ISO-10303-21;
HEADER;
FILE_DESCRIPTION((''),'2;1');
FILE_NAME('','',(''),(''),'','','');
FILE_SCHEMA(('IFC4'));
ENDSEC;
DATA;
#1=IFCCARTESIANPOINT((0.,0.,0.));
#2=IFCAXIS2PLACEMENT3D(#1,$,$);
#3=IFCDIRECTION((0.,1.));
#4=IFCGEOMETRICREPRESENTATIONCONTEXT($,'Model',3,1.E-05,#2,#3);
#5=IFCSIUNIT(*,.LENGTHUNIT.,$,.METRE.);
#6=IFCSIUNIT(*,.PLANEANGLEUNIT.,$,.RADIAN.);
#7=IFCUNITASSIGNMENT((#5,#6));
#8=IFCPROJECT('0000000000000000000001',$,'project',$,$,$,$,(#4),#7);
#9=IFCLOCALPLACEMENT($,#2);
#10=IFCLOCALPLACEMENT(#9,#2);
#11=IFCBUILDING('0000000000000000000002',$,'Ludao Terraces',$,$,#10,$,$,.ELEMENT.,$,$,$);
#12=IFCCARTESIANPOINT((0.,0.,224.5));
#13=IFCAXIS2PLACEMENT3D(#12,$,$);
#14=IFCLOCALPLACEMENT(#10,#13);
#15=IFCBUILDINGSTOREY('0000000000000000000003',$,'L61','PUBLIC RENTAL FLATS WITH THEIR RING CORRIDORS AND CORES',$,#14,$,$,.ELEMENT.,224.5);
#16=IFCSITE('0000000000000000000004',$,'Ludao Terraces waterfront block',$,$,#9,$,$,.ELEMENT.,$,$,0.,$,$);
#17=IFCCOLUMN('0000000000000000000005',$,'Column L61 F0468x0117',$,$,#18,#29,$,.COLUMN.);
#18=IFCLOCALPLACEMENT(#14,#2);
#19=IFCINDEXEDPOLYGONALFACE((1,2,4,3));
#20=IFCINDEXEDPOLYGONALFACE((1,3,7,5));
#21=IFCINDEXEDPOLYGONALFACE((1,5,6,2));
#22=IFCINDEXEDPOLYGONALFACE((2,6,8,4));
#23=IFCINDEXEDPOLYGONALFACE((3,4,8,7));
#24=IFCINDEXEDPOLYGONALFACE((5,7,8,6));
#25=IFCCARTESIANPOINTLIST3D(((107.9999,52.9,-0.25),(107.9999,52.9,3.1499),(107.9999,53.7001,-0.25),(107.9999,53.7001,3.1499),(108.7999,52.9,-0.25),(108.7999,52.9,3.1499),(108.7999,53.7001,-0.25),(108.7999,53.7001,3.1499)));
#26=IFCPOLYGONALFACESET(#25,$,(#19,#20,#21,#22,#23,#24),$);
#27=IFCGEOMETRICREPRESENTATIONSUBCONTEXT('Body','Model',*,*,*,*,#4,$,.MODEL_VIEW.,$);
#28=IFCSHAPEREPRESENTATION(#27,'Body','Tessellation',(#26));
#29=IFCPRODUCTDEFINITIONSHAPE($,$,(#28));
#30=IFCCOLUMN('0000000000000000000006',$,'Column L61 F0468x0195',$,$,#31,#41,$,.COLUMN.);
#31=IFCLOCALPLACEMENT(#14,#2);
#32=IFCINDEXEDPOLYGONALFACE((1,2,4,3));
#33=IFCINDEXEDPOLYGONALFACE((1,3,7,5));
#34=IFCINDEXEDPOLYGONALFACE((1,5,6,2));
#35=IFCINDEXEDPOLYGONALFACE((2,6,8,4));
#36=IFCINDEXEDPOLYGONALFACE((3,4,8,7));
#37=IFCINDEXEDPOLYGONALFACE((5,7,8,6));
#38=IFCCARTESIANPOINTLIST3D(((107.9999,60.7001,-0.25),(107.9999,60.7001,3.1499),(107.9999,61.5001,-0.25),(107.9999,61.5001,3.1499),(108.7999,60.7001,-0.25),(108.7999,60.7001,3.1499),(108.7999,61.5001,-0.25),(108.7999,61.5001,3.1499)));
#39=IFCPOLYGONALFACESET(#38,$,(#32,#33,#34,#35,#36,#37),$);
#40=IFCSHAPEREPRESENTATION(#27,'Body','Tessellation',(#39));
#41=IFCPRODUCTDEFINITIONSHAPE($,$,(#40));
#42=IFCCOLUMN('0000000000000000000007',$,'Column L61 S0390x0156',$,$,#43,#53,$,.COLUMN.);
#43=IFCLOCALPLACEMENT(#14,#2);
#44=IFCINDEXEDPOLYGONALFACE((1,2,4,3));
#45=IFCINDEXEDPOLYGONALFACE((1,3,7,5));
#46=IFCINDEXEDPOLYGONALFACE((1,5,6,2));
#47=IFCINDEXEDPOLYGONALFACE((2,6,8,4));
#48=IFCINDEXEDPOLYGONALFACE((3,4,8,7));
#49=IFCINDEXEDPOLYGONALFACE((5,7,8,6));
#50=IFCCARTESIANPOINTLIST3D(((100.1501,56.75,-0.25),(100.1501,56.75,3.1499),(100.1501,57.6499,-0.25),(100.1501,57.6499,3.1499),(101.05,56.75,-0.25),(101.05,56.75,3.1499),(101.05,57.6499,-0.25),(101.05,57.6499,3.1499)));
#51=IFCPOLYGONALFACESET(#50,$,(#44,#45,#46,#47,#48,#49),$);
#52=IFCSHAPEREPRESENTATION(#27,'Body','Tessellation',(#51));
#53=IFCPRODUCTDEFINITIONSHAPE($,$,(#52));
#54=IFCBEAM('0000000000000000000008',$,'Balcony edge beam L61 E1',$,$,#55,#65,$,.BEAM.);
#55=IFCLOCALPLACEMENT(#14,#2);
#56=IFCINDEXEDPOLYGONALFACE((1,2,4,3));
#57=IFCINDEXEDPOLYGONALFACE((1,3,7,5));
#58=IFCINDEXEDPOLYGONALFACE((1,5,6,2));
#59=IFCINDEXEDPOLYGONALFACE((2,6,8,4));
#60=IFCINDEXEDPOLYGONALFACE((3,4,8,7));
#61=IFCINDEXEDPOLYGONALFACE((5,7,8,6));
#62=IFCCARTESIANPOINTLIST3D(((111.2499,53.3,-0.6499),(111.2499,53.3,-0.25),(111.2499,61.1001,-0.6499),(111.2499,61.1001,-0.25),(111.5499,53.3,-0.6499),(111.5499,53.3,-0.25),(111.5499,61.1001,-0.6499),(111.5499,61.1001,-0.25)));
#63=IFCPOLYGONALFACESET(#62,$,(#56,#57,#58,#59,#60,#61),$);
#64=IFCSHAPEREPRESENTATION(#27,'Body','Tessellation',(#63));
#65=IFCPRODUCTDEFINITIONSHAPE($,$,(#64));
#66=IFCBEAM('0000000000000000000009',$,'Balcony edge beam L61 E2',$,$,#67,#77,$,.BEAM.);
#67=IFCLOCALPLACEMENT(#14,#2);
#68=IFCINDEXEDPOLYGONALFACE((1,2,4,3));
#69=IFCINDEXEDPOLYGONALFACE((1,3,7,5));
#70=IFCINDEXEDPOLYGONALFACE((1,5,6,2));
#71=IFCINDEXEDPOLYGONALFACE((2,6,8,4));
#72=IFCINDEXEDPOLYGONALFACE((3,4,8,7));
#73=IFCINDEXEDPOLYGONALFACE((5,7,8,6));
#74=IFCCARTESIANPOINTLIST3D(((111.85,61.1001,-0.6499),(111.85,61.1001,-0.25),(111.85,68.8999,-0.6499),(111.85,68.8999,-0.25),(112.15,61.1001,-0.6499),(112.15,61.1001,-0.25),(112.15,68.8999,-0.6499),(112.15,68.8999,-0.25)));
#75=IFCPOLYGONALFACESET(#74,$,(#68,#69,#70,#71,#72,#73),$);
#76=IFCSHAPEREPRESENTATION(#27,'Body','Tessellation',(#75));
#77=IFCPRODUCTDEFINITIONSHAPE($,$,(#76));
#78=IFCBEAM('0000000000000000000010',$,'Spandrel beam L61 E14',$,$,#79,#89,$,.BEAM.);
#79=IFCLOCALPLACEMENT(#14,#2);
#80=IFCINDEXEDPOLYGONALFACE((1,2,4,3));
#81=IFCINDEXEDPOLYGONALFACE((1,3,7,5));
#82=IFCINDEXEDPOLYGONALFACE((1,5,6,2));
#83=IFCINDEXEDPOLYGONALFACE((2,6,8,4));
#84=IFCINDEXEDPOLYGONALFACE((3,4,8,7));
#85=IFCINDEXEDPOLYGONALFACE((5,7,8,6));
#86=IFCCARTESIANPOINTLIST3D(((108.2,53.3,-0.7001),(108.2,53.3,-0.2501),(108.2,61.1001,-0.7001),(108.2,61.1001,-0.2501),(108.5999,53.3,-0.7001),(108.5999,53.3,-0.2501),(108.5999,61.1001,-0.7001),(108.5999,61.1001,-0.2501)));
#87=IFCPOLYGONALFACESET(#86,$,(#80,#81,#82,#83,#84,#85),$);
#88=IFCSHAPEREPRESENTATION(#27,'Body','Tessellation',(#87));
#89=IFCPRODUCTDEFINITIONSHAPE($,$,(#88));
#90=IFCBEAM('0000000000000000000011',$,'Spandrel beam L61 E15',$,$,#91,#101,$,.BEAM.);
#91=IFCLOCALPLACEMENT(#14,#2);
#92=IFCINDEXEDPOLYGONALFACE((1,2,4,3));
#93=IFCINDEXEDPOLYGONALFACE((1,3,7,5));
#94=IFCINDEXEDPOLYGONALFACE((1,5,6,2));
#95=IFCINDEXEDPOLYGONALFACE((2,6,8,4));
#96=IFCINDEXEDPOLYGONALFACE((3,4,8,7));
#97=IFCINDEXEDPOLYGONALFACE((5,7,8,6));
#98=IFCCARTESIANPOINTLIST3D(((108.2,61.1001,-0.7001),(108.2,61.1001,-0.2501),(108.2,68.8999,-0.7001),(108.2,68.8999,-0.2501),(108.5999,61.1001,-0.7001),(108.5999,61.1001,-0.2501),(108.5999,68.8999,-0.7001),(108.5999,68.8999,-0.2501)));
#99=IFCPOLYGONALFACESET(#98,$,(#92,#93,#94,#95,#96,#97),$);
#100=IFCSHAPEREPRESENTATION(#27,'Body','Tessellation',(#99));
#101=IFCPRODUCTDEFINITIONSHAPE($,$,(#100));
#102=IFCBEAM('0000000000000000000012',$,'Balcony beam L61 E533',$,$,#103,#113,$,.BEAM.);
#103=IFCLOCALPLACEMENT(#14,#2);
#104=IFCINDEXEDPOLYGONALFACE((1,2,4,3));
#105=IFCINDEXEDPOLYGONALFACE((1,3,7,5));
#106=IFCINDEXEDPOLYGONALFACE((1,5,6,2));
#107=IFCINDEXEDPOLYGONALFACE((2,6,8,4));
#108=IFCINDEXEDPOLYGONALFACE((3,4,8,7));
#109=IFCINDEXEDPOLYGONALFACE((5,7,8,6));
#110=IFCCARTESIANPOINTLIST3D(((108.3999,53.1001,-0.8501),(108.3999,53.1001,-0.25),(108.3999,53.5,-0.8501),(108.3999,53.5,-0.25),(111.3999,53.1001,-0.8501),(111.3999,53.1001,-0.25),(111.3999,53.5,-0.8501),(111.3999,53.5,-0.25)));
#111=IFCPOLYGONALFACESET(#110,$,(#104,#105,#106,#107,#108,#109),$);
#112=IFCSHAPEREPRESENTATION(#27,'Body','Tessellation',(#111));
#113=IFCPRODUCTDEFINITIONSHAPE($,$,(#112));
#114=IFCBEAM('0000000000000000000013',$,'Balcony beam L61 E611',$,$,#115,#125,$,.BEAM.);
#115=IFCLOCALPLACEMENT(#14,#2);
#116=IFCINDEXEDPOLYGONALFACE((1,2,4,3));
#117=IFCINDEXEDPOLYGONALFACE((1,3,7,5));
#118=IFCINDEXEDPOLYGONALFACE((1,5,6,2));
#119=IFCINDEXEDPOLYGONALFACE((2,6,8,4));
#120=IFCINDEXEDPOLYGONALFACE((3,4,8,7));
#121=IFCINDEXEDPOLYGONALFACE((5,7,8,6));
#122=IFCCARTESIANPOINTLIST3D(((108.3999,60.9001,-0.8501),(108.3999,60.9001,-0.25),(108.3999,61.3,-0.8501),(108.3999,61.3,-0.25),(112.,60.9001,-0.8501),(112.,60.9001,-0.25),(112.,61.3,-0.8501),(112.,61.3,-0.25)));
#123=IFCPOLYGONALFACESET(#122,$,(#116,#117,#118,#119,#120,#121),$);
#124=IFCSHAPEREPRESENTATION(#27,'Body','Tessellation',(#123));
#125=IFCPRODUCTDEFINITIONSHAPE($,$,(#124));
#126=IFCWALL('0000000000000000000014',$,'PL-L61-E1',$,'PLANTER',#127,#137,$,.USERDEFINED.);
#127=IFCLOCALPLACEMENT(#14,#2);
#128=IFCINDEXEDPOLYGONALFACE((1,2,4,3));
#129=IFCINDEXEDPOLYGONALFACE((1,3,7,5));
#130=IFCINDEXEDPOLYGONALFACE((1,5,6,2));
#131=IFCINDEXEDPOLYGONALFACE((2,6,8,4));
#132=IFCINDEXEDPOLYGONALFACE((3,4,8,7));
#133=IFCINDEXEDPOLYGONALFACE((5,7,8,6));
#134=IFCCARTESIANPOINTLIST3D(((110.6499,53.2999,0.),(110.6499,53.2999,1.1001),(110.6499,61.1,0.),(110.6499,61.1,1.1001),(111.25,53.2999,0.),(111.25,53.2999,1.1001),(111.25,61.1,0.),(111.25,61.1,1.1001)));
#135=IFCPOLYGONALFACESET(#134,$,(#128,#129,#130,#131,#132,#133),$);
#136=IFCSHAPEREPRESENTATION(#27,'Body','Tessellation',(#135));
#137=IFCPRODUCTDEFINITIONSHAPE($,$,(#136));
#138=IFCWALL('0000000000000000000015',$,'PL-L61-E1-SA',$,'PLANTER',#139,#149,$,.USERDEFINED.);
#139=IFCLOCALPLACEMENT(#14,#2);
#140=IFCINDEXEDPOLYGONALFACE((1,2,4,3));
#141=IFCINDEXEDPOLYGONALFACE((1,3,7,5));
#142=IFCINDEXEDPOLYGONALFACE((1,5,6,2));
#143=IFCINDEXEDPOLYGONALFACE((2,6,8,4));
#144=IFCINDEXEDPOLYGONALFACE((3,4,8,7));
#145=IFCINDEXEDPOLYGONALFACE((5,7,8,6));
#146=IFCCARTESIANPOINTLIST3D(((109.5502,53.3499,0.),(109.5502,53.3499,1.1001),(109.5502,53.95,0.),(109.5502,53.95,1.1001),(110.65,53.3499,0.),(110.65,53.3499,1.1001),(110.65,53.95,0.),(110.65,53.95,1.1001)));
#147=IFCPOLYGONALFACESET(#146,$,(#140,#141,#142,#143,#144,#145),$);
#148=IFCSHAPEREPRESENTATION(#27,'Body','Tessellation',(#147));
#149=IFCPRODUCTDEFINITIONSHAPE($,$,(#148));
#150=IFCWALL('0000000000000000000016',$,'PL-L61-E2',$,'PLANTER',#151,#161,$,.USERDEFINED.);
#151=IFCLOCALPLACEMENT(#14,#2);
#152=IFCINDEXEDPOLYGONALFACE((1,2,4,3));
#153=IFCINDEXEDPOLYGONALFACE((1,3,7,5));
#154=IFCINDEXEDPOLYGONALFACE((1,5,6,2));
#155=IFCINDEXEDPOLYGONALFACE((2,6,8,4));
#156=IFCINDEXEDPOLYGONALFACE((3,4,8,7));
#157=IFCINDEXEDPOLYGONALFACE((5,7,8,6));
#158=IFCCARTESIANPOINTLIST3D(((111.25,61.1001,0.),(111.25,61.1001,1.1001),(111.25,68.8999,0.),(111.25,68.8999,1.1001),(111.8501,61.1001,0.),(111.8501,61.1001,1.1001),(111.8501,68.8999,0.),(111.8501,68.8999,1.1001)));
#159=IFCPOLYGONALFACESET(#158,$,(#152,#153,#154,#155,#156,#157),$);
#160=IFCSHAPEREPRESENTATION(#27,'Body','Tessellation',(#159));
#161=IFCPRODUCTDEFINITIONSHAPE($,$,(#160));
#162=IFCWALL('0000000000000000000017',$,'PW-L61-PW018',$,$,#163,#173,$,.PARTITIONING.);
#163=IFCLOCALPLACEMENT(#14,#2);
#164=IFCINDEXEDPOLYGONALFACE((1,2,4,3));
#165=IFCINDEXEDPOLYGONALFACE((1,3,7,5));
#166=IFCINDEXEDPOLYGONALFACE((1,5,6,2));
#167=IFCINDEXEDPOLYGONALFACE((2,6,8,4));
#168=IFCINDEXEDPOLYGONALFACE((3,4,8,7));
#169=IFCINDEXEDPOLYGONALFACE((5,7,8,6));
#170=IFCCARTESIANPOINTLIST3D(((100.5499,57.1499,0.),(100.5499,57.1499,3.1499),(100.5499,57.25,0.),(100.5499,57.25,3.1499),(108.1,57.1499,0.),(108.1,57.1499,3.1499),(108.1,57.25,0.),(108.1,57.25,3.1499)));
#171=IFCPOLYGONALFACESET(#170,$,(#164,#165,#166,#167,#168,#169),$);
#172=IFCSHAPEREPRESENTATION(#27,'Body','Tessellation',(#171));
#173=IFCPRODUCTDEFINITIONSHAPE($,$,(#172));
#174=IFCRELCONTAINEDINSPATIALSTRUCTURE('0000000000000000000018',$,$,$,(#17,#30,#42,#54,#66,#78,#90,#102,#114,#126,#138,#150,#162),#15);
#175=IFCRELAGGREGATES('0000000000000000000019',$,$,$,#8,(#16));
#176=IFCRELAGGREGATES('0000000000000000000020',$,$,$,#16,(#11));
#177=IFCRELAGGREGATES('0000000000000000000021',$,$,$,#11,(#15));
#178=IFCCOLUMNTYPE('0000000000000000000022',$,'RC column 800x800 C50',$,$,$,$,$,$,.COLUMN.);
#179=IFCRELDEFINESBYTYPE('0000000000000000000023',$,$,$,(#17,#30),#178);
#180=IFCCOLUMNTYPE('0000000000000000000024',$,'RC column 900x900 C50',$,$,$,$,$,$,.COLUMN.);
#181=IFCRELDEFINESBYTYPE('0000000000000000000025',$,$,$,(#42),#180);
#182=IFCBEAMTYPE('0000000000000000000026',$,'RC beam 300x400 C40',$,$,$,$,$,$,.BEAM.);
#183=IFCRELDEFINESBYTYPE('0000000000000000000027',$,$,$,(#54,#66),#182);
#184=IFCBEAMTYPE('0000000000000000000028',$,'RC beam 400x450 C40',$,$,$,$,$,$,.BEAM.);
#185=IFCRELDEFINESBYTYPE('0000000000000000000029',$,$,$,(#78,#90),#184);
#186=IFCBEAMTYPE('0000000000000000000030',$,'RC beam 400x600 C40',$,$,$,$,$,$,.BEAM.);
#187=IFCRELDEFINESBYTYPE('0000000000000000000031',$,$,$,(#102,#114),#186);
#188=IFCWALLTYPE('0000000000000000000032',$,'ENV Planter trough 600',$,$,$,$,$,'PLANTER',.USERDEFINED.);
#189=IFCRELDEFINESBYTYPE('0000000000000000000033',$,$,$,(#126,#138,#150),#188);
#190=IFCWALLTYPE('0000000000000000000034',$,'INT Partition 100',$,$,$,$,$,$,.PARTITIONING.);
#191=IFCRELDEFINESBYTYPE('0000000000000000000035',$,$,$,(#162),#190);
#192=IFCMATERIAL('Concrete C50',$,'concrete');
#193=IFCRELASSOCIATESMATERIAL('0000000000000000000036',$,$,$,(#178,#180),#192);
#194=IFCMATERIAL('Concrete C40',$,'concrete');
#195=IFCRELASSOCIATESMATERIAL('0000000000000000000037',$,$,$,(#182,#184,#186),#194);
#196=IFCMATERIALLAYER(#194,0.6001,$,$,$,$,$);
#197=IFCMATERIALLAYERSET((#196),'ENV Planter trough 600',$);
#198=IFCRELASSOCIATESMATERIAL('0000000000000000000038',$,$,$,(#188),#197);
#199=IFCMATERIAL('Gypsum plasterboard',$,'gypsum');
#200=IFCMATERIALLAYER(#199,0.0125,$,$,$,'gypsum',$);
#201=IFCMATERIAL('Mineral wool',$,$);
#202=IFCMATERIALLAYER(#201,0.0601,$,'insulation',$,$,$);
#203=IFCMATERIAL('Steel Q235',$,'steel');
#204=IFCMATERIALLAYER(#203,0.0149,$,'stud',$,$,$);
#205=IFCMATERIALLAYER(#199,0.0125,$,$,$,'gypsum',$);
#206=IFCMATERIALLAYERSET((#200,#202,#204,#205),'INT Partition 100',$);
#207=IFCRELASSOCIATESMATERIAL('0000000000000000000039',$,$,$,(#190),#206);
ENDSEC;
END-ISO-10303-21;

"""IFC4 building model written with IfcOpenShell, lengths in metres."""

from ifc_helpers import new_model, si_unit, direction, frame, frame_2d, origin, origin_2d, place, context, subcontext, project, spatial, rectangle, extrude, material, layer, layer_set, material_profile, profile_set, type_object, element, save


model = new_model("IFC4")

# Units and contexts
model_context = context("Model", 3, precision=1e-05, world=origin(), true_north=direction((0.0, 1.0)))
body_context = subcontext(model_context, "Body", "Model", "MODEL_VIEW")
ifc_project = project(units=[si_unit("LENGTHUNIT", "METRE"), si_unit("PLANEANGLEUNIT", "RADIAN")], contexts=[model_context])

# Site, building, storey
site_placement = place(None, origin())
site = spatial("IfcSite", under=ifc_project, at=site_placement, Name="Ludao Terraces waterfront block", CompositionType="ELEMENT", RefElevation=0.0)
building_placement = place(site_placement, origin())
building = spatial("IfcBuilding", under=site, at=building_placement, Name="Ludao Terraces", CompositionType="ELEMENT")
storey_placement = place(building_placement, frame((0.0, 0.0, 224.5)))
storey = spatial("IfcBuildingStorey", under=building, at=storey_placement, Name="L61", Description="PUBLIC RENTAL FLATS WITH THEIR RING CORRIDORS AND CORES", CompositionType="ELEMENT", Elevation=224.5)

# Columns
ifc_material_1 = material(Name="Concrete C50", Category="concrete")
ifc_material_profile_1 = material_profile(ifc_material_1, rectangle(XDim=0.8, YDim=0.8, at=origin_2d()), Name="800 X 800")
ifc_profile_set_1 = profile_set([ifc_material_profile_1], Name="Concrete C50")
column_type_1 = type_object("IfcColumnType", Name="RC column 800x800 C50", PredefinedType="COLUMN", material=ifc_profile_set_1)
for number, where, z_axis, x_axis, name in (
    (1, (108.3999, 53.3, -0.25), (0.0, 0.0, 1.0), (1.0, 0.0, 0.0), "Column L61 F0468x0117"),
    (2, (108.3999, 61.1001, -0.25), (0.0, 0.0, 1.0), (1.0, 0.0, 0.0), "Column L61 F0468x0195"),
):
    element("IfcColumn", number, at=place(storey_placement, frame(where, z_axis=z_axis, x_axis=x_axis)), inside=storey, type_object=column_type_1, Name=name, PredefinedType="COLUMN", context=body_context, shape_type="SweptSolid", body=[
        extrude(rectangle(XDim=0.8, YDim=0.8, at=origin_2d()), origin(), (0.0, 0.0, 1.0), 3.3999),
    ])
ifc_material_profile_2 = material_profile(ifc_material_1, rectangle(XDim=0.8999, YDim=0.8999, at=origin_2d()), Name="900 X 900")
ifc_profile_set_2 = profile_set([ifc_material_profile_2], Name="Concrete C50")
column_type_2 = type_object("IfcColumnType", Name="RC column 900x900 C50", PredefinedType="COLUMN", material=ifc_profile_set_2)
column_placement = place(storey_placement, frame((100.6001, 57.2, -0.25), z_axis=(0.0, 0.0, 1.0), x_axis=(1.0, 0.0, 0.0)))
element("IfcColumn", 3, at=column_placement, inside=storey, type_object=column_type_2, Name="Column L61 S0390x0156", PredefinedType="COLUMN", context=body_context, shape_type="SweptSolid", body=[
    extrude(rectangle(XDim=0.8999, YDim=0.8999, at=origin_2d()), origin(), (0.0, 0.0, 1.0), 3.3999),
])

# Beams
ifc_material_2 = material(Name="Concrete C40", Category="concrete")
ifc_material_profile_3 = material_profile(ifc_material_2, rectangle(XDim=0.3, YDim=0.3999, at=origin_2d()), Name="300 X 400")
ifc_profile_set_3 = profile_set([ifc_material_profile_3], Name="Concrete C40")
beam_type_1 = type_object("IfcBeamType", Name="RC beam 300x400 C40", PredefinedType="BEAM", material=ifc_profile_set_3)
beam_1_placement = place(storey_placement, frame((111.3999, 53.3, -0.45), z_axis=(0.0, 1.0, 0.0), x_axis=(-1.0, 0.0, 0.0)))
element("IfcBeam", 4, at=beam_1_placement, inside=storey, type_object=beam_type_1, Name="Balcony edge beam L61 E1", PredefinedType="BEAM", context=body_context, shape_type="SweptSolid", body=[
    extrude(rectangle(XDim=0.3, YDim=0.3999, at=origin_2d()), origin(), (0.0, 0.0, 1.0), 7.8),
])
beam_2_placement = place(storey_placement, frame((112.0, 61.1001, -0.45), z_axis=(0.0, 1.0, 0.0), x_axis=(-1.0, 0.0, 0.0)))
element("IfcBeam", 5, at=beam_2_placement, inside=storey, type_object=beam_type_1, Name="Balcony edge beam L61 E2", PredefinedType="BEAM", context=body_context, shape_type="SweptSolid", body=[
    extrude(rectangle(XDim=0.3, YDim=0.3999, at=origin_2d()), origin(), (0.0, 0.0, 1.0), 7.7998),
])
ifc_material_profile_4 = material_profile(ifc_material_2, rectangle(XDim=0.3999, YDim=0.45, at=origin_2d()), Name="400 X 450")
ifc_profile_set_4 = profile_set([ifc_material_profile_4], Name="Concrete C40")
beam_type_2 = type_object("IfcBeamType", Name="RC beam 400x450 C40", PredefinedType="BEAM", material=ifc_profile_set_4)
beam_3_placement = place(storey_placement, frame((108.3999, 53.3, -0.4751), z_axis=(0.0, 1.0, 0.0), x_axis=(-1.0, 0.0, 0.0)))
element("IfcBeam", 6, at=beam_3_placement, inside=storey, type_object=beam_type_2, Name="Spandrel beam L61 E14", PredefinedType="BEAM", context=body_context, shape_type="SweptSolid", body=[
    extrude(rectangle(XDim=0.3999, YDim=0.45, at=origin_2d()), origin(), (0.0, 0.0, 1.0), 7.8),
])
beam_4_placement = place(storey_placement, frame((108.3999, 61.1001, -0.4751), z_axis=(0.0, 1.0, 0.0), x_axis=(-1.0, 0.0, 0.0)))
element("IfcBeam", 7, at=beam_4_placement, inside=storey, type_object=beam_type_2, Name="Spandrel beam L61 E15", PredefinedType="BEAM", context=body_context, shape_type="SweptSolid", body=[
    extrude(rectangle(XDim=0.3999, YDim=0.45, at=origin_2d()), origin(), (0.0, 0.0, 1.0), 7.7998),
])
ifc_material_profile_5 = material_profile(ifc_material_2, rectangle(XDim=0.3999, YDim=0.6001, at=origin_2d()), Name="400 X 600")
ifc_profile_set_5 = profile_set([ifc_material_profile_5], Name="Concrete C40")
beam_type_3 = type_object("IfcBeamType", Name="RC beam 400x600 C40", PredefinedType="BEAM", material=ifc_profile_set_5)
beam_5_placement = place(storey_placement, frame((108.3999, 53.3, -0.55), z_axis=(1.0, 0.0, 0.0), x_axis=(0.0, 1.0, 0.0)))
element("IfcBeam", 8, at=beam_5_placement, inside=storey, type_object=beam_type_3, Name="Balcony beam L61 E533", PredefinedType="BEAM", context=body_context, shape_type="SweptSolid", body=[
    extrude(rectangle(XDim=0.3999, YDim=0.6001, at=origin_2d()), origin(), (0.0, 0.0, 1.0), 3.0),
])
beam_6_placement = place(storey_placement, frame((108.3999, 61.1001, -0.55), z_axis=(1.0, 0.0, 0.0), x_axis=(0.0, 1.0, 0.0)))
element("IfcBeam", 9, at=beam_6_placement, inside=storey, type_object=beam_type_3, Name="Balcony beam L61 E611", PredefinedType="BEAM", context=body_context, shape_type="SweptSolid", body=[
    extrude(rectangle(XDim=0.3999, YDim=0.6001, at=origin_2d()), origin(), (0.0, 0.0, 1.0), 3.6001),
])

# Walls
ifc_layer_1 = layer(ifc_material_2, 0.6001)
ifc_layer_set_1 = layer_set([ifc_layer_1], Name="ENV Planter trough 600")
wall_type_1 = type_object("IfcWallType", Name="ENV Planter trough 600", ElementType="PLANTER", PredefinedType="USERDEFINED", material=ifc_layer_set_1)
wall_1_placement = place(storey_placement, frame((110.95, 53.3, 0.0), z_axis=(0.0, 0.0, 1.0), x_axis=(0.0, 1.0, 0.0)))
element("IfcWall", 10, at=wall_1_placement, inside=storey, type_object=wall_type_1, Name="PL-L61-E1", ObjectType="PLANTER", PredefinedType="USERDEFINED", context=body_context, shape_type="SweptSolid", body=[
    extrude(rectangle(XDim=7.8, YDim=0.6001, at=frame_2d((3.8999, 0.0))), origin(), (0.0, 0.0, 1.0), 1.1001),
])
wall_2_placement = place(storey_placement, frame((110.6499, 53.6499, 0.0), z_axis=(0.0, 0.0, 1.0), x_axis=(-1.0, 0.0, 0.0)))
element("IfcWall", 11, at=wall_2_placement, inside=storey, type_object=wall_type_1, Name="PL-L61-E1-SA", ObjectType="PLANTER", PredefinedType="USERDEFINED", context=body_context, shape_type="SweptSolid", body=[
    extrude(rectangle(XDim=1.0999, YDim=0.6001, at=frame_2d((0.5498, 0.0))), origin(), (0.0, 0.0, 1.0), 1.1001),
])
wall_3_placement = place(storey_placement, frame((111.55, 61.1001, 0.0), z_axis=(0.0, 0.0, 1.0), x_axis=(0.0, 1.0, 0.0)))
element("IfcWall", 12, at=wall_3_placement, inside=storey, type_object=wall_type_1, Name="PL-L61-E2", ObjectType="PLANTER", PredefinedType="USERDEFINED", context=body_context, shape_type="SweptSolid", body=[
    extrude(rectangle(XDim=7.7998, YDim=0.6001, at=frame_2d((3.8999, 0.0))), origin(), (0.0, 0.0, 1.0), 1.1001),
])

# Shared definitions
ifc_material_3 = material(Name="Mineral wool")

# Wall
ifc_material_4 = material(Name="Gypsum plasterboard", Category="gypsum")
ifc_layer_2 = layer(ifc_material_4, 0.0125, Category="gypsum")
ifc_layer_3 = layer(ifc_material_3, 0.0601, Name="insulation")
ifc_material_5 = material(Name="Steel Q235", Category="steel")
ifc_layer_4 = layer(ifc_material_5, 0.0149, Name="stud")
ifc_layer_5 = layer(ifc_material_4, 0.0125, Category="gypsum")
ifc_layer_set_2 = layer_set([ifc_layer_2, ifc_layer_3, ifc_layer_4, ifc_layer_5], Name="INT Partition 100")
wall_type_2 = type_object("IfcWallType", Name="INT Partition 100", PredefinedType="PARTITIONING", material=ifc_layer_set_2)
wall_4_placement = place(storey_placement, frame((100.55, 57.2, 0.0), z_axis=(0.0, 0.0, 1.0), x_axis=(1.0, 0.0, 0.0)))
element("IfcWall", 13, at=wall_4_placement, inside=storey, type_object=wall_type_2, Name="PW-L61-PW018", PredefinedType="PARTITIONING", context=body_context, shape_type="SweptSolid", body=[
    extrude(rectangle(XDim=7.55, YDim=0.1001, at=frame_2d((3.7749, 0.0))), origin(), (0.0, 0.0, 1.0), 3.1499),
])

save(model, "model.ifc")
